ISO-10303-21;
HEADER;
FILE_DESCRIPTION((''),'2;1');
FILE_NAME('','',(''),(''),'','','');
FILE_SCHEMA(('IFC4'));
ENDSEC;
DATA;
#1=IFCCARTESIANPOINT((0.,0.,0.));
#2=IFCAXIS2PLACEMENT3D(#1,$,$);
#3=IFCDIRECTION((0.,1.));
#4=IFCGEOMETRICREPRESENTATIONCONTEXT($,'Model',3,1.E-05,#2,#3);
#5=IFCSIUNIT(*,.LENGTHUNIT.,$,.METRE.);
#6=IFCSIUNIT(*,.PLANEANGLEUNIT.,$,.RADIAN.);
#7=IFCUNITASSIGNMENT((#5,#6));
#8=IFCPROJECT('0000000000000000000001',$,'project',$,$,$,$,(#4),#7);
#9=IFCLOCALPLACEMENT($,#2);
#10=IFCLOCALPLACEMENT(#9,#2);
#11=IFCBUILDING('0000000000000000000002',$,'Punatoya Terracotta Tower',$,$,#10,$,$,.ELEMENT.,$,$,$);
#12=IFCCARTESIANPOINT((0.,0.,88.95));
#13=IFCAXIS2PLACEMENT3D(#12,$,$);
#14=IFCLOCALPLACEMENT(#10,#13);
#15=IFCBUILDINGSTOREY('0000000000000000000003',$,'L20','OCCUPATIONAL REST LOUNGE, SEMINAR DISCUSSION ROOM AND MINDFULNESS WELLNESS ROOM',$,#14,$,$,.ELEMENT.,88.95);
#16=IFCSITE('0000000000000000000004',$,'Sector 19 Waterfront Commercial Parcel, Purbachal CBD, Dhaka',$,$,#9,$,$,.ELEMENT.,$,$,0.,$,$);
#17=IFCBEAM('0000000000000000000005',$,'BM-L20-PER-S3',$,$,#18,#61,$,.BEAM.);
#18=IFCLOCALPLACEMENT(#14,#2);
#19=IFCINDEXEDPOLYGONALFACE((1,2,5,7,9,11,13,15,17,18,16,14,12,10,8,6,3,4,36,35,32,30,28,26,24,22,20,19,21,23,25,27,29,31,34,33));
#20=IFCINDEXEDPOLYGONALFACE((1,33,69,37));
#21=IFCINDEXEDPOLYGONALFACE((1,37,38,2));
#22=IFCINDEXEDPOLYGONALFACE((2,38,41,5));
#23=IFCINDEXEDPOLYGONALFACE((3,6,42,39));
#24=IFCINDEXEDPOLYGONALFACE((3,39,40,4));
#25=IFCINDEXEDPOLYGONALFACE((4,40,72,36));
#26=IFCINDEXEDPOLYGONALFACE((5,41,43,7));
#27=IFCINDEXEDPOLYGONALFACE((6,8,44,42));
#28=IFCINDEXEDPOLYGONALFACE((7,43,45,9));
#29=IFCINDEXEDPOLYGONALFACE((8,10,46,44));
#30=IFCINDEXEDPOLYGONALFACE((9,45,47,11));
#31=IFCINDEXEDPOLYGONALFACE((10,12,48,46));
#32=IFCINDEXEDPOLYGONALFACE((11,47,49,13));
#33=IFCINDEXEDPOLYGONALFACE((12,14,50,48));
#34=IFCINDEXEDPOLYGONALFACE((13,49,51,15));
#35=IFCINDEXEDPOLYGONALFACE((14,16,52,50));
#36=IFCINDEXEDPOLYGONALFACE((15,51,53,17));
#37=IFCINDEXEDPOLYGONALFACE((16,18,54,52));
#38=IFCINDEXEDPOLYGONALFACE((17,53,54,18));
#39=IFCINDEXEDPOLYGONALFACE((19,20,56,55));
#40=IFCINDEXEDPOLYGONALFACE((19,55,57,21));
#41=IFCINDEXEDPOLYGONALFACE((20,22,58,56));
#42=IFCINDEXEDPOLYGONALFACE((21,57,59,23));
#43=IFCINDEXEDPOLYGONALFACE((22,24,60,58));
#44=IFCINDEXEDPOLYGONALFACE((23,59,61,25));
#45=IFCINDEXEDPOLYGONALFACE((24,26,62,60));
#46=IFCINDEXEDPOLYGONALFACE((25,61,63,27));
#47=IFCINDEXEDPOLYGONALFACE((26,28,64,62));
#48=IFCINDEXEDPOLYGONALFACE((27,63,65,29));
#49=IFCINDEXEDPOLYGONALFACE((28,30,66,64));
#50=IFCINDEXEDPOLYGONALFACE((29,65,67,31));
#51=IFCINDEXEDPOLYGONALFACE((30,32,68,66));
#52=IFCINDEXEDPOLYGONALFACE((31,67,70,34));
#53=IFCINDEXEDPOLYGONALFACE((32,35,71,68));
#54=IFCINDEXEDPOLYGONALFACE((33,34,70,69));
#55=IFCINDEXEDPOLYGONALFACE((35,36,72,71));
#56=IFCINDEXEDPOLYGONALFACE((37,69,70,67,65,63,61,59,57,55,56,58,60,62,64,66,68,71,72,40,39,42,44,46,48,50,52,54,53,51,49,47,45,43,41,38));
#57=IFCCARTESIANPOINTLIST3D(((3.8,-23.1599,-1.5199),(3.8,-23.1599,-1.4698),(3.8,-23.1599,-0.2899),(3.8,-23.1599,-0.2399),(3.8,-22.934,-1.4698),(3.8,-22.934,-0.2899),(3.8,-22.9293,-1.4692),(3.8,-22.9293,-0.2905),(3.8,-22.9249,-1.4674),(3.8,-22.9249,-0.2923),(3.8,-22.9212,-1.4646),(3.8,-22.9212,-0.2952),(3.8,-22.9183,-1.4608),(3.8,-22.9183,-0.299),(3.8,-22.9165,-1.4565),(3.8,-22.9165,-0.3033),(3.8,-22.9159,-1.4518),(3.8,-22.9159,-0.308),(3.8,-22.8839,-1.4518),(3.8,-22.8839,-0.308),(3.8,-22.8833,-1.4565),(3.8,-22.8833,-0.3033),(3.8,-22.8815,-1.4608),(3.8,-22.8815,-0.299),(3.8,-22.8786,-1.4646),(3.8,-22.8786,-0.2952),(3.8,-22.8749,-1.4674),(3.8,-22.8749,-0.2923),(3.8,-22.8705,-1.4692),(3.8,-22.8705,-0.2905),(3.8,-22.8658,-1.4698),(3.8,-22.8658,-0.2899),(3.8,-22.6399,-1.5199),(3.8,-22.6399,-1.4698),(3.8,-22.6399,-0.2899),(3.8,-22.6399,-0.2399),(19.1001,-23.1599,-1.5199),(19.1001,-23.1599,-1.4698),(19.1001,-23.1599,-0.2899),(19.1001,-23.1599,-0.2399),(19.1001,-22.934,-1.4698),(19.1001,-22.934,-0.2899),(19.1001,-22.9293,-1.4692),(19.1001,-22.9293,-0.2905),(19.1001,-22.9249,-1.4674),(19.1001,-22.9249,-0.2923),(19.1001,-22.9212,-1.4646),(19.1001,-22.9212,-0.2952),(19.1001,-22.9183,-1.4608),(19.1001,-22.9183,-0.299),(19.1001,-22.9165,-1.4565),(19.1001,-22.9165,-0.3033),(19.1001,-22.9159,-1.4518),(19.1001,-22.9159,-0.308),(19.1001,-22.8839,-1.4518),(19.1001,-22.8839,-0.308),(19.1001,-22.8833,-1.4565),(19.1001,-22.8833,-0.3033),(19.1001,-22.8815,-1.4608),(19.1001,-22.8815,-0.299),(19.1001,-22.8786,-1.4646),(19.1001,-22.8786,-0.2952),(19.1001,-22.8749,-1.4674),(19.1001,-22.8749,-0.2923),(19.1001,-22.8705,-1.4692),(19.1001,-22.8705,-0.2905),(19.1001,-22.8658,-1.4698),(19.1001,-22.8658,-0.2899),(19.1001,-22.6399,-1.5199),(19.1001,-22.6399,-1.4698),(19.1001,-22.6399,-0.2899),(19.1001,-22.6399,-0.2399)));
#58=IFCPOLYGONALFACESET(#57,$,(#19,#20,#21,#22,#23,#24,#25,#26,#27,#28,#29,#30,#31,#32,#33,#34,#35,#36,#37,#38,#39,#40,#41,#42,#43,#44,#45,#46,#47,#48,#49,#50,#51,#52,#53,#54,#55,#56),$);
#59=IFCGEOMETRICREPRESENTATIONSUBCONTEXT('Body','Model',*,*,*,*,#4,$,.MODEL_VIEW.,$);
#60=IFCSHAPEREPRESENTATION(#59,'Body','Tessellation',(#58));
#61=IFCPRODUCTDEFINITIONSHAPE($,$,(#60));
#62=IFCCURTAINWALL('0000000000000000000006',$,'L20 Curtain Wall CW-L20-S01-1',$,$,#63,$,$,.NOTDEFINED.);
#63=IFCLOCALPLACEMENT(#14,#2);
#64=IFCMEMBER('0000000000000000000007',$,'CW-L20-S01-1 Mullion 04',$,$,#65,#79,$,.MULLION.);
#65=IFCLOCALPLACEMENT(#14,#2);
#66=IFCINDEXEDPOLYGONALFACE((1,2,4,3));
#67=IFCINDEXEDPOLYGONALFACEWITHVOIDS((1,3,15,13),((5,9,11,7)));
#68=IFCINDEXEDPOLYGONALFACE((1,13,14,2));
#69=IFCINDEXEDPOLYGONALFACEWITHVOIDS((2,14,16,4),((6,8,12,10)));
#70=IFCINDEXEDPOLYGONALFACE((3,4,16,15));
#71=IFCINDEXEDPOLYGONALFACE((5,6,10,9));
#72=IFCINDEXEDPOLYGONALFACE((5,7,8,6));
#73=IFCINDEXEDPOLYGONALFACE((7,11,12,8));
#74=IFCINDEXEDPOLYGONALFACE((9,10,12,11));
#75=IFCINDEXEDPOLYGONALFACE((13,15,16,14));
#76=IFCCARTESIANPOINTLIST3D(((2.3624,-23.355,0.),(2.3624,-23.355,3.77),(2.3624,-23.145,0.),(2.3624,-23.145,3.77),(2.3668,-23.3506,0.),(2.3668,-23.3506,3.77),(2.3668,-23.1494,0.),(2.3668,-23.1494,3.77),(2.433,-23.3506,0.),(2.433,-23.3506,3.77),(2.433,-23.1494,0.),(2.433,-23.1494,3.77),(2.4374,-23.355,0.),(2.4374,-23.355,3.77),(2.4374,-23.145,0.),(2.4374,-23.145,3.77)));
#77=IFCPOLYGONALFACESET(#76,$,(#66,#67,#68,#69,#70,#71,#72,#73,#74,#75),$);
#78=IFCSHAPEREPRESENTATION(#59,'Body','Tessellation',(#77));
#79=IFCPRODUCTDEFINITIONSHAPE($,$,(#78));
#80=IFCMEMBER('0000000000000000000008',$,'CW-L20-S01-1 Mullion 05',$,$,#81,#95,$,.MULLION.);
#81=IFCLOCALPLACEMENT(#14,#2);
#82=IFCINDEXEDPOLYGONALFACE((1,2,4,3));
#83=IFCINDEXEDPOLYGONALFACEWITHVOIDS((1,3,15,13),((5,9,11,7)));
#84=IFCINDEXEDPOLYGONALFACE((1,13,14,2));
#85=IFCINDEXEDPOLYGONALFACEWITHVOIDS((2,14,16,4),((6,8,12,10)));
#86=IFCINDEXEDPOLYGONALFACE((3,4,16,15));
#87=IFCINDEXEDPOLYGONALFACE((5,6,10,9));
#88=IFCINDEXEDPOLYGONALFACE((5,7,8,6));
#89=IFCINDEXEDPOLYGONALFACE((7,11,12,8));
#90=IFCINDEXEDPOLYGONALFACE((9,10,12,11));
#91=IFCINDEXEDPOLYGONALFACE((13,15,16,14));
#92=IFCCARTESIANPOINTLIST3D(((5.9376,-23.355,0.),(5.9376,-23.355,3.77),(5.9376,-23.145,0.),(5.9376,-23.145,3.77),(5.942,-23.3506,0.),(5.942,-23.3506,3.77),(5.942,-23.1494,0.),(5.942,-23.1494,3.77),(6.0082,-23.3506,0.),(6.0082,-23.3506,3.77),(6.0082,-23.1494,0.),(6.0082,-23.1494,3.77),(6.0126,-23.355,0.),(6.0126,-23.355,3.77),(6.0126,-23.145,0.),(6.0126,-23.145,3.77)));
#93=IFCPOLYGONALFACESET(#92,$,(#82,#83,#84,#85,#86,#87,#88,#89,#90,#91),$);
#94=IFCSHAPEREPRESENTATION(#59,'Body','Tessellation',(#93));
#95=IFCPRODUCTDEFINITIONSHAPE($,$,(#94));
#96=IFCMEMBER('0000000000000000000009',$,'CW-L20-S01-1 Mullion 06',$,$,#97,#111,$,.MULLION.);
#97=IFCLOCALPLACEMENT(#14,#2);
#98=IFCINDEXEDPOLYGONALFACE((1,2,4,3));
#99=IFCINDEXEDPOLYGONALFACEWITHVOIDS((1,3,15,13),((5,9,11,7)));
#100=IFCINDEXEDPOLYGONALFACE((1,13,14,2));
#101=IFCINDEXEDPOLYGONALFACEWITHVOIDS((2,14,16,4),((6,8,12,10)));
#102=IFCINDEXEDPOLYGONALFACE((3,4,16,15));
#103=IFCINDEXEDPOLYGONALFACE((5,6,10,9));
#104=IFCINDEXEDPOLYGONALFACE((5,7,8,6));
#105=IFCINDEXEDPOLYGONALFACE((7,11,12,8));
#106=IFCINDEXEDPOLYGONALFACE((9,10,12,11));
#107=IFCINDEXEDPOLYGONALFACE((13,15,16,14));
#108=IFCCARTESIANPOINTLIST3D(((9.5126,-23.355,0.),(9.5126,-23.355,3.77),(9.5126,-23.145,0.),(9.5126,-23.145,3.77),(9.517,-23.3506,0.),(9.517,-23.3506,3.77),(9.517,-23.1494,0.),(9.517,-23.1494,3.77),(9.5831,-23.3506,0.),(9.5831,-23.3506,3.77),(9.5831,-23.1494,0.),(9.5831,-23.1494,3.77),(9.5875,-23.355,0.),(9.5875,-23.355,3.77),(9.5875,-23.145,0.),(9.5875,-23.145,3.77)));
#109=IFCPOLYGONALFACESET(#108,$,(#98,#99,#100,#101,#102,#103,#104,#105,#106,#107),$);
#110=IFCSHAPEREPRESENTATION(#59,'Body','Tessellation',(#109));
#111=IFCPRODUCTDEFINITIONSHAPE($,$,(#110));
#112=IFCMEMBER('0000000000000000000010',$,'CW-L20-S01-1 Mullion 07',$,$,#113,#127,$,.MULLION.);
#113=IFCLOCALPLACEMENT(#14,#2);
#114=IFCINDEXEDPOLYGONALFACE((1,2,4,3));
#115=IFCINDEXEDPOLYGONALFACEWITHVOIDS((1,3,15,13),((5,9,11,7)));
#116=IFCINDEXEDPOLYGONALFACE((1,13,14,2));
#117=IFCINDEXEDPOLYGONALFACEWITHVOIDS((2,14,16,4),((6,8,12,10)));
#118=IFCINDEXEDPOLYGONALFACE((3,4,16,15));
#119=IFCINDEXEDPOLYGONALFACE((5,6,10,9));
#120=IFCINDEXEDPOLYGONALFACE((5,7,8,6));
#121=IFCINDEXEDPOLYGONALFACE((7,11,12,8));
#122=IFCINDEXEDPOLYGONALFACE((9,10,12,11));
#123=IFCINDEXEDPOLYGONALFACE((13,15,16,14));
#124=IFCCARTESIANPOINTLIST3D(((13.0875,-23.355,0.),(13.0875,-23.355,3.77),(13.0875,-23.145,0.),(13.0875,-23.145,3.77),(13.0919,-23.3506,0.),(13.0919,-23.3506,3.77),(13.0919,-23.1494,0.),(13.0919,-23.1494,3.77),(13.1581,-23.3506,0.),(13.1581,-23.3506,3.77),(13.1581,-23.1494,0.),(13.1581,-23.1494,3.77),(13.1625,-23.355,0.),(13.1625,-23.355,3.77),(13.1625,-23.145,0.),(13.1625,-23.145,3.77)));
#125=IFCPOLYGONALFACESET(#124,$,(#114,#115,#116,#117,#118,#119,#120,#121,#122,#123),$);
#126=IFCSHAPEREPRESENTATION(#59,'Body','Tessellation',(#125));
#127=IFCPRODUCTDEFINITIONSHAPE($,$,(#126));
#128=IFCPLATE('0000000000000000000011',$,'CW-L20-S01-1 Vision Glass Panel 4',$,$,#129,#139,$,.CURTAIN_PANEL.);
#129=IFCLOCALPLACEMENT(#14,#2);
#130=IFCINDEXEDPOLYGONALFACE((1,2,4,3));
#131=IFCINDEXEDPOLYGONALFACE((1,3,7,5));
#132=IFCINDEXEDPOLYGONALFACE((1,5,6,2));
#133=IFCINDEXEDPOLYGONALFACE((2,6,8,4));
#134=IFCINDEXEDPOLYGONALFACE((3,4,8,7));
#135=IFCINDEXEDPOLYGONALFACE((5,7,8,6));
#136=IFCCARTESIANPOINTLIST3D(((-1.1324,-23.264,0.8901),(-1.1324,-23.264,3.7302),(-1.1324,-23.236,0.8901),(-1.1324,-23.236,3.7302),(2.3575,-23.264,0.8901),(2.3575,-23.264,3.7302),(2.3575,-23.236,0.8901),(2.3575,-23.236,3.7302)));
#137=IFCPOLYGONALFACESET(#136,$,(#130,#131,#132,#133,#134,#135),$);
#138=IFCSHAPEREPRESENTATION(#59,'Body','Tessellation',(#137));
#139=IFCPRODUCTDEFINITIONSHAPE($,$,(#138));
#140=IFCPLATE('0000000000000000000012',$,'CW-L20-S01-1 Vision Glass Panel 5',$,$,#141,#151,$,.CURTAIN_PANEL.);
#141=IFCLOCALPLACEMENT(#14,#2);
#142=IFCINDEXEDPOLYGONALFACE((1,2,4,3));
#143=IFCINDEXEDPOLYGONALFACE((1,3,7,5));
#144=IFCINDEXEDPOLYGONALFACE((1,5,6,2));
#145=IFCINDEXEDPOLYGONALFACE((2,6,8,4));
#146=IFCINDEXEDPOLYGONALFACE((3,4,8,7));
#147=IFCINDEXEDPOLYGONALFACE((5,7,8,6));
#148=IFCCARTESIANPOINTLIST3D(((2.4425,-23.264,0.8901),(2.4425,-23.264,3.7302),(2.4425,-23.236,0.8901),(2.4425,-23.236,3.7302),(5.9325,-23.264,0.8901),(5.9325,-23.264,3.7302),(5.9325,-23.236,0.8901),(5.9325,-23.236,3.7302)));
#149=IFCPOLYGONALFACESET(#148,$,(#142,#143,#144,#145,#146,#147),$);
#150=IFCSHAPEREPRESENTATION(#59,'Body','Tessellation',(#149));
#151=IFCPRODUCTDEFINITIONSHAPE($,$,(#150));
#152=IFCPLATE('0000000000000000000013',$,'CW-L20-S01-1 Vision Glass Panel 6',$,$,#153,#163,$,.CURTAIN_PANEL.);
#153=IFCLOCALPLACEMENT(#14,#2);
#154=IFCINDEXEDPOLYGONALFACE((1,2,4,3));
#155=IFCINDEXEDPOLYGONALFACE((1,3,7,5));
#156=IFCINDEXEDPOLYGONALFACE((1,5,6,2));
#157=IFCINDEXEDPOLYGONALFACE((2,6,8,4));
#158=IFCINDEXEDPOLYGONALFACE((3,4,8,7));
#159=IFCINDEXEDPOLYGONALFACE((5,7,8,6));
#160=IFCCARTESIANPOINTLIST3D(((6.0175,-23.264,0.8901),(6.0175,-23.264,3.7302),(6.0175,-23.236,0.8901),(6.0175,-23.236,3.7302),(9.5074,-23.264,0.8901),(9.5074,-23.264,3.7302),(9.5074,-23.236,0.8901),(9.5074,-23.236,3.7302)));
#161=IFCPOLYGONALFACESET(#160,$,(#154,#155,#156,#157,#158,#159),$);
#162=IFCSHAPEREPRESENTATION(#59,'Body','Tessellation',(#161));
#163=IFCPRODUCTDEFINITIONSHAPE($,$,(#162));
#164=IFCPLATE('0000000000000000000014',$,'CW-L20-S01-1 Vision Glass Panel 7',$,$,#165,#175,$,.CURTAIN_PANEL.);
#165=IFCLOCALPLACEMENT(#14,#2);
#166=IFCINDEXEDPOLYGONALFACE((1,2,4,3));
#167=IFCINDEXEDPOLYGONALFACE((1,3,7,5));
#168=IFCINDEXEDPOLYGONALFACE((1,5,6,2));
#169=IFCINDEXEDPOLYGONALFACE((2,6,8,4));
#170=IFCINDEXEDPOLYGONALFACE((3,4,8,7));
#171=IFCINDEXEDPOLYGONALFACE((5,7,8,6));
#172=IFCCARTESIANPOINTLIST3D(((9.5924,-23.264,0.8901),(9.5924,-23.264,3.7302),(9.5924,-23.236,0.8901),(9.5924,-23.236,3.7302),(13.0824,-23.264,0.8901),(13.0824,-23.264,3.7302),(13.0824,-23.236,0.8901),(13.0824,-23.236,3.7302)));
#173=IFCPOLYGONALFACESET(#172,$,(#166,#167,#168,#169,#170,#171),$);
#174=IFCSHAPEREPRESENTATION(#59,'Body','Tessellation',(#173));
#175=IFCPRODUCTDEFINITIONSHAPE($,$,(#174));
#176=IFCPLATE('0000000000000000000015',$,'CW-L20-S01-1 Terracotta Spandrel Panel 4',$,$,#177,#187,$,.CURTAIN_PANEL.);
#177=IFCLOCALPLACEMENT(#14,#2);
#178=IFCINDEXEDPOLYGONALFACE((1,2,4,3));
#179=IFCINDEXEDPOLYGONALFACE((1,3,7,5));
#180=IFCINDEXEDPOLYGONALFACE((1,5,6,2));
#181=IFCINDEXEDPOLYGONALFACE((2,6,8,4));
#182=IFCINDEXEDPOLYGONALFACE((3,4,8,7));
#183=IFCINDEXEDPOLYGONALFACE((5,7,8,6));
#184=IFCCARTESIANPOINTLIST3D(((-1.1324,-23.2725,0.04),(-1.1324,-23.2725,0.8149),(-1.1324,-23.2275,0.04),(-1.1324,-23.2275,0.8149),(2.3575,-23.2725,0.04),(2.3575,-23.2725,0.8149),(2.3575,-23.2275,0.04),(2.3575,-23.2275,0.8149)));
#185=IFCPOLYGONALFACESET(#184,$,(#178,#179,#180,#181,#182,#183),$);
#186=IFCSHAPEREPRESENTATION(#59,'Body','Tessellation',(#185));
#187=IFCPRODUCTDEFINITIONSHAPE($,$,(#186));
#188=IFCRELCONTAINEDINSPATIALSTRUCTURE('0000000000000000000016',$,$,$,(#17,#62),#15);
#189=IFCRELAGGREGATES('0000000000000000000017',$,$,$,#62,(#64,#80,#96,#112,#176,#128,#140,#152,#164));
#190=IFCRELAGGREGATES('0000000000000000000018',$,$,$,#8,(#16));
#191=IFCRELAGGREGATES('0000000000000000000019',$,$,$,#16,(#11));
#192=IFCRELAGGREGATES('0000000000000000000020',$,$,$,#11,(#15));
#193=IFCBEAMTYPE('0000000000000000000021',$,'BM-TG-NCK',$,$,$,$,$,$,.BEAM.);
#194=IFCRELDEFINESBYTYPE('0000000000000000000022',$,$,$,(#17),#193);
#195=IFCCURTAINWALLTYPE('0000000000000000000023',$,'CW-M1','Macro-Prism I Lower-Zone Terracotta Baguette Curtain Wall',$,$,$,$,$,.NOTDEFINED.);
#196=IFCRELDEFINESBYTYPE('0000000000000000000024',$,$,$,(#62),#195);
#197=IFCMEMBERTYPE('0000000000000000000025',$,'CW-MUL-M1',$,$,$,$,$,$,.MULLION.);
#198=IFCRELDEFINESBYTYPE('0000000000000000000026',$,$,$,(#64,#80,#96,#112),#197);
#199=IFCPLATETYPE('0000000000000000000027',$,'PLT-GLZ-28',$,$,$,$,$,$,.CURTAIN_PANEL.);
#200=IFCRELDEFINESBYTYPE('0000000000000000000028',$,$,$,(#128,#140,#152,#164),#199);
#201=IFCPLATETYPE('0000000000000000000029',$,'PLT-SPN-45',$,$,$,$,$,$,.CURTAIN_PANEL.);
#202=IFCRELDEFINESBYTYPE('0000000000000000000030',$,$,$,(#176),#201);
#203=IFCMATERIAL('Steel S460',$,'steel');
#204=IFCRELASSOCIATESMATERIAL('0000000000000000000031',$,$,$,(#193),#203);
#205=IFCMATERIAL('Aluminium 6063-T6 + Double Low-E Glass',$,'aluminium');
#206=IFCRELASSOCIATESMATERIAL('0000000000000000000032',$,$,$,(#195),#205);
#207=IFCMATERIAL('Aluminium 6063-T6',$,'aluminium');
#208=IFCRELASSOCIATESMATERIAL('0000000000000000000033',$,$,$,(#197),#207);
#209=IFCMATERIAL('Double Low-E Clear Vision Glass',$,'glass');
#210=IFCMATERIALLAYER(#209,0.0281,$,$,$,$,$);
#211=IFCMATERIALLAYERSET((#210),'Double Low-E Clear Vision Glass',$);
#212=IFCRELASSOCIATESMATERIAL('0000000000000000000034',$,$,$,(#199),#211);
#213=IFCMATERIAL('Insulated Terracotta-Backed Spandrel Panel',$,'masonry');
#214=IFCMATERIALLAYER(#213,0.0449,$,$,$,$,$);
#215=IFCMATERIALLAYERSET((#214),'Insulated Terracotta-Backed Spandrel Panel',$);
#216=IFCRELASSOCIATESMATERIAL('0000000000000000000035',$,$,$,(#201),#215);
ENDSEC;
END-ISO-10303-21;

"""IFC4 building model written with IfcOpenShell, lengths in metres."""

from ifc_helpers import new_model, si_unit, direction, frame, origin, origin_2d, place, context, subcontext, project, spatial, rectangle, hollow_rectangle, i_section, extrude, material, layer, layer_set, material_profile, profile_set, type_object, element, aggregate, save


model = new_model("IFC4")

# Units and contexts
model_context = context("Model", 3, precision=1e-05, world=origin(), true_north=direction((0.0, 1.0)))
body_context = subcontext(model_context, "Body", "Model", "MODEL_VIEW")
ifc_project = project(units=[si_unit("LENGTHUNIT", "METRE"), si_unit("PLANEANGLEUNIT", "RADIAN")], contexts=[model_context])

# Site, building, storey
site_placement = place(None, origin())
site = spatial("IfcSite", under=ifc_project, at=site_placement, Name="Sector 19 Waterfront Commercial Parcel, Purbachal CBD, Dhaka", CompositionType="ELEMENT", RefElevation=0.0)
building_placement = place(site_placement, origin())
building = spatial("IfcBuilding", under=site, at=building_placement, Name="Punatoya Terracotta Tower", CompositionType="ELEMENT")
storey_placement = place(building_placement, frame((0.0, 0.0, 88.95)))
storey = spatial("IfcBuildingStorey", under=building, at=storey_placement, Name="L20", Description="OCCUPATIONAL REST LOUNGE, SEMINAR DISCUSSION ROOM AND MINDFULNESS WELLNESS ROOM", CompositionType="ELEMENT", Elevation=88.95)

# Shared definitions
ifc_material_1 = material(Name="Steel S460", Category="steel")

# Beam
ifc_material_profile_1 = material_profile(ifc_material_1, i_section(OverallWidth=0.52, OverallDepth=1.28, WebThickness=0.032, FlangeThickness=0.05, FilletRadius=0.0181, at=origin_2d()))
ifc_profile_set_1 = profile_set([ifc_material_profile_1], Name="Steel S460")
beam_type_1 = type_object("IfcBeamType", Name="BM-TG-NCK", PredefinedType="BEAM", material=ifc_profile_set_1)
beam_1_placement = place(storey_placement, frame((3.8, -22.8999, -0.8799), z_axis=(1.0, 0.0, 0.0), x_axis=(0.0, 1.0, 0.0)))
element("IfcBeam", 1, at=beam_1_placement, inside=storey, type_object=beam_type_1, Name="BM-L20-PER-S3", PredefinedType="BEAM", context=body_context, shape_type="SweptSolid", body=[
    extrude(i_section(OverallWidth=0.52, OverallDepth=1.28, WebThickness=0.032, FlangeThickness=0.05, FilletRadius=0.0181, at=origin_2d()), origin(), (0.0, 0.0, 1.0), 15.3),
])

# Curtain wall, members, plates
ifc_material_2 = material(Name="Aluminium 6063-T6 + Double Low-E Glass", Category="aluminium")
curtain_wall_type = type_object("IfcCurtainWallType", Name="CW-M1", Description="Macro-Prism I Lower-Zone Terracotta Baguette Curtain Wall", PredefinedType="NOTDEFINED", material=ifc_material_2)
curtain_wall_placement = place(storey_placement, origin())
curtain_wall = element("IfcCurtainWall", 2, at=curtain_wall_placement, inside=storey, type_object=curtain_wall_type, Name="L20 Curtain Wall CW-L20-S01-1", PredefinedType="NOTDEFINED")
ifc_material_3 = material(Name="Aluminium 6063-T6", Category="aluminium")
ifc_material_profile_2 = material_profile(ifc_material_3, hollow_rectangle(XDim=0.075, YDim=0.21, WallThickness=0.0044, at=origin_2d()))
ifc_profile_set_2 = profile_set([ifc_material_profile_2], Name="Aluminium 6063-T6")
member_type = type_object("IfcMemberType", Name="CW-MUL-M1", PredefinedType="MULLION", material=ifc_profile_set_2)
member_1_placement = place(storey_placement, frame((2.3999, -23.25, 0.0), z_axis=(0.0, 0.0, 1.0), x_axis=(1.0, 0.0, 0.0)))
member_1 = element("IfcMember", 3, at=member_1_placement, type_object=member_type, Name="CW-L20-S01-1 Mullion 04", PredefinedType="MULLION", context=body_context, shape_type="SweptSolid", body=[
    extrude(hollow_rectangle(XDim=0.075, YDim=0.21, WallThickness=0.0044, at=origin_2d()), origin(), (0.0, 0.0, 1.0), 3.77),
])
member_2_placement = place(storey_placement, frame((5.9751, -23.25, 0.0), z_axis=(0.0, 0.0, 1.0), x_axis=(1.0, 0.0, 0.0)))
member_2 = element("IfcMember", 4, at=member_2_placement, type_object=member_type, Name="CW-L20-S01-1 Mullion 05", PredefinedType="MULLION", context=body_context, shape_type="SweptSolid", body=[
    extrude(hollow_rectangle(XDim=0.075, YDim=0.21, WallThickness=0.0044, at=origin_2d()), origin(), (0.0, 0.0, 1.0), 3.77),
])
member_3_placement = place(storey_placement, frame((9.55, -23.25, 0.0), z_axis=(0.0, 0.0, 1.0), x_axis=(1.0, 0.0, 0.0)))
member_3 = element("IfcMember", 5, at=member_3_placement, type_object=member_type, Name="CW-L20-S01-1 Mullion 06", PredefinedType="MULLION", context=body_context, shape_type="SweptSolid", body=[
    extrude(hollow_rectangle(XDim=0.075, YDim=0.21, WallThickness=0.0044, at=origin_2d()), origin(), (0.0, 0.0, 1.0), 3.77),
])
member_4_placement = place(storey_placement, frame((13.125, -23.25, 0.0), z_axis=(0.0, 0.0, 1.0), x_axis=(1.0, 0.0, 0.0)))
member_4 = element("IfcMember", 6, at=member_4_placement, type_object=member_type, Name="CW-L20-S01-1 Mullion 07", PredefinedType="MULLION", context=body_context, shape_type="SweptSolid", body=[
    extrude(hollow_rectangle(XDim=0.075, YDim=0.21, WallThickness=0.0044, at=origin_2d()), origin(), (0.0, 0.0, 1.0), 3.77),
])
ifc_material_4 = material(Name="Double Low-E Clear Vision Glass", Category="glass")
ifc_layer_1 = layer(ifc_material_4, 0.0281)
ifc_layer_set_1 = layer_set([ifc_layer_1], Name="Double Low-E Clear Vision Glass")
plate_type_1 = type_object("IfcPlateType", Name="PLT-GLZ-28", PredefinedType="CURTAIN_PANEL", material=ifc_layer_set_1)
plate_1_placement = place(storey_placement, frame((0.6125, -23.25, 0.8901), z_axis=(0.0, 0.0, 1.0), x_axis=(1.0, 0.0, 0.0)))
plate_1 = element("IfcPlate", 7, at=plate_1_placement, type_object=plate_type_1, Name="CW-L20-S01-1 Vision Glass Panel 4", PredefinedType="CURTAIN_PANEL", context=body_context, shape_type="SweptSolid", body=[
    extrude(rectangle(XDim=3.49, YDim=0.0281, at=origin_2d()), origin(), (0.0, 0.0, 1.0), 2.8401),
])
plate_2_placement = place(storey_placement, frame((4.1875, -23.25, 0.8901), z_axis=(0.0, 0.0, 1.0), x_axis=(1.0, 0.0, 0.0)))
plate_2 = element("IfcPlate", 8, at=plate_2_placement, type_object=plate_type_1, Name="CW-L20-S01-1 Vision Glass Panel 5", PredefinedType="CURTAIN_PANEL", context=body_context, shape_type="SweptSolid", body=[
    extrude(rectangle(XDim=3.49, YDim=0.0281, at=origin_2d()), origin(), (0.0, 0.0, 1.0), 2.8401),
])
plate_3_placement = place(storey_placement, frame((7.7625, -23.25, 0.8901), z_axis=(0.0, 0.0, 1.0), x_axis=(1.0, 0.0, 0.0)))
plate_3 = element("IfcPlate", 9, at=plate_3_placement, type_object=plate_type_1, Name="CW-L20-S01-1 Vision Glass Panel 6", PredefinedType="CURTAIN_PANEL", context=body_context, shape_type="SweptSolid", body=[
    extrude(rectangle(XDim=3.49, YDim=0.0281, at=origin_2d()), origin(), (0.0, 0.0, 1.0), 2.8401),
])
plate_4_placement = place(storey_placement, frame((11.3374, -23.25, 0.8901), z_axis=(0.0, 0.0, 1.0), x_axis=(1.0, 0.0, 0.0)))
plate_4 = element("IfcPlate", 10, at=plate_4_placement, type_object=plate_type_1, Name="CW-L20-S01-1 Vision Glass Panel 7", PredefinedType="CURTAIN_PANEL", context=body_context, shape_type="SweptSolid", body=[
    extrude(rectangle(XDim=3.49, YDim=0.0281, at=origin_2d()), origin(), (0.0, 0.0, 1.0), 2.8401),
])
ifc_material_5 = material(Name="Insulated Terracotta-Backed Spandrel Panel", Category="masonry")
ifc_layer_2 = layer(ifc_material_5, 0.0449)
ifc_layer_set_2 = layer_set([ifc_layer_2], Name="Insulated Terracotta-Backed Spandrel Panel")
plate_type_2 = type_object("IfcPlateType", Name="PLT-SPN-45", PredefinedType="CURTAIN_PANEL", material=ifc_layer_set_2)
plate_5_placement = place(storey_placement, frame((0.6125, -23.25, 0.04), z_axis=(0.0, 0.0, 1.0), x_axis=(1.0, 0.0, 0.0)))
plate_5 = element("IfcPlate", 11, at=plate_5_placement, type_object=plate_type_2, Name="CW-L20-S01-1 Terracotta Spandrel Panel 4", PredefinedType="CURTAIN_PANEL", context=body_context, shape_type="SweptSolid", body=[
    extrude(rectangle(XDim=3.49, YDim=0.0449, at=origin_2d()), origin(), (0.0, 0.0, 1.0), 0.7749),
])
aggregate(curtain_wall, [member_1, member_2, member_3, member_4, plate_5, plate_1, plate_2, plate_3, plate_4])

save(model, "model.ifc")
